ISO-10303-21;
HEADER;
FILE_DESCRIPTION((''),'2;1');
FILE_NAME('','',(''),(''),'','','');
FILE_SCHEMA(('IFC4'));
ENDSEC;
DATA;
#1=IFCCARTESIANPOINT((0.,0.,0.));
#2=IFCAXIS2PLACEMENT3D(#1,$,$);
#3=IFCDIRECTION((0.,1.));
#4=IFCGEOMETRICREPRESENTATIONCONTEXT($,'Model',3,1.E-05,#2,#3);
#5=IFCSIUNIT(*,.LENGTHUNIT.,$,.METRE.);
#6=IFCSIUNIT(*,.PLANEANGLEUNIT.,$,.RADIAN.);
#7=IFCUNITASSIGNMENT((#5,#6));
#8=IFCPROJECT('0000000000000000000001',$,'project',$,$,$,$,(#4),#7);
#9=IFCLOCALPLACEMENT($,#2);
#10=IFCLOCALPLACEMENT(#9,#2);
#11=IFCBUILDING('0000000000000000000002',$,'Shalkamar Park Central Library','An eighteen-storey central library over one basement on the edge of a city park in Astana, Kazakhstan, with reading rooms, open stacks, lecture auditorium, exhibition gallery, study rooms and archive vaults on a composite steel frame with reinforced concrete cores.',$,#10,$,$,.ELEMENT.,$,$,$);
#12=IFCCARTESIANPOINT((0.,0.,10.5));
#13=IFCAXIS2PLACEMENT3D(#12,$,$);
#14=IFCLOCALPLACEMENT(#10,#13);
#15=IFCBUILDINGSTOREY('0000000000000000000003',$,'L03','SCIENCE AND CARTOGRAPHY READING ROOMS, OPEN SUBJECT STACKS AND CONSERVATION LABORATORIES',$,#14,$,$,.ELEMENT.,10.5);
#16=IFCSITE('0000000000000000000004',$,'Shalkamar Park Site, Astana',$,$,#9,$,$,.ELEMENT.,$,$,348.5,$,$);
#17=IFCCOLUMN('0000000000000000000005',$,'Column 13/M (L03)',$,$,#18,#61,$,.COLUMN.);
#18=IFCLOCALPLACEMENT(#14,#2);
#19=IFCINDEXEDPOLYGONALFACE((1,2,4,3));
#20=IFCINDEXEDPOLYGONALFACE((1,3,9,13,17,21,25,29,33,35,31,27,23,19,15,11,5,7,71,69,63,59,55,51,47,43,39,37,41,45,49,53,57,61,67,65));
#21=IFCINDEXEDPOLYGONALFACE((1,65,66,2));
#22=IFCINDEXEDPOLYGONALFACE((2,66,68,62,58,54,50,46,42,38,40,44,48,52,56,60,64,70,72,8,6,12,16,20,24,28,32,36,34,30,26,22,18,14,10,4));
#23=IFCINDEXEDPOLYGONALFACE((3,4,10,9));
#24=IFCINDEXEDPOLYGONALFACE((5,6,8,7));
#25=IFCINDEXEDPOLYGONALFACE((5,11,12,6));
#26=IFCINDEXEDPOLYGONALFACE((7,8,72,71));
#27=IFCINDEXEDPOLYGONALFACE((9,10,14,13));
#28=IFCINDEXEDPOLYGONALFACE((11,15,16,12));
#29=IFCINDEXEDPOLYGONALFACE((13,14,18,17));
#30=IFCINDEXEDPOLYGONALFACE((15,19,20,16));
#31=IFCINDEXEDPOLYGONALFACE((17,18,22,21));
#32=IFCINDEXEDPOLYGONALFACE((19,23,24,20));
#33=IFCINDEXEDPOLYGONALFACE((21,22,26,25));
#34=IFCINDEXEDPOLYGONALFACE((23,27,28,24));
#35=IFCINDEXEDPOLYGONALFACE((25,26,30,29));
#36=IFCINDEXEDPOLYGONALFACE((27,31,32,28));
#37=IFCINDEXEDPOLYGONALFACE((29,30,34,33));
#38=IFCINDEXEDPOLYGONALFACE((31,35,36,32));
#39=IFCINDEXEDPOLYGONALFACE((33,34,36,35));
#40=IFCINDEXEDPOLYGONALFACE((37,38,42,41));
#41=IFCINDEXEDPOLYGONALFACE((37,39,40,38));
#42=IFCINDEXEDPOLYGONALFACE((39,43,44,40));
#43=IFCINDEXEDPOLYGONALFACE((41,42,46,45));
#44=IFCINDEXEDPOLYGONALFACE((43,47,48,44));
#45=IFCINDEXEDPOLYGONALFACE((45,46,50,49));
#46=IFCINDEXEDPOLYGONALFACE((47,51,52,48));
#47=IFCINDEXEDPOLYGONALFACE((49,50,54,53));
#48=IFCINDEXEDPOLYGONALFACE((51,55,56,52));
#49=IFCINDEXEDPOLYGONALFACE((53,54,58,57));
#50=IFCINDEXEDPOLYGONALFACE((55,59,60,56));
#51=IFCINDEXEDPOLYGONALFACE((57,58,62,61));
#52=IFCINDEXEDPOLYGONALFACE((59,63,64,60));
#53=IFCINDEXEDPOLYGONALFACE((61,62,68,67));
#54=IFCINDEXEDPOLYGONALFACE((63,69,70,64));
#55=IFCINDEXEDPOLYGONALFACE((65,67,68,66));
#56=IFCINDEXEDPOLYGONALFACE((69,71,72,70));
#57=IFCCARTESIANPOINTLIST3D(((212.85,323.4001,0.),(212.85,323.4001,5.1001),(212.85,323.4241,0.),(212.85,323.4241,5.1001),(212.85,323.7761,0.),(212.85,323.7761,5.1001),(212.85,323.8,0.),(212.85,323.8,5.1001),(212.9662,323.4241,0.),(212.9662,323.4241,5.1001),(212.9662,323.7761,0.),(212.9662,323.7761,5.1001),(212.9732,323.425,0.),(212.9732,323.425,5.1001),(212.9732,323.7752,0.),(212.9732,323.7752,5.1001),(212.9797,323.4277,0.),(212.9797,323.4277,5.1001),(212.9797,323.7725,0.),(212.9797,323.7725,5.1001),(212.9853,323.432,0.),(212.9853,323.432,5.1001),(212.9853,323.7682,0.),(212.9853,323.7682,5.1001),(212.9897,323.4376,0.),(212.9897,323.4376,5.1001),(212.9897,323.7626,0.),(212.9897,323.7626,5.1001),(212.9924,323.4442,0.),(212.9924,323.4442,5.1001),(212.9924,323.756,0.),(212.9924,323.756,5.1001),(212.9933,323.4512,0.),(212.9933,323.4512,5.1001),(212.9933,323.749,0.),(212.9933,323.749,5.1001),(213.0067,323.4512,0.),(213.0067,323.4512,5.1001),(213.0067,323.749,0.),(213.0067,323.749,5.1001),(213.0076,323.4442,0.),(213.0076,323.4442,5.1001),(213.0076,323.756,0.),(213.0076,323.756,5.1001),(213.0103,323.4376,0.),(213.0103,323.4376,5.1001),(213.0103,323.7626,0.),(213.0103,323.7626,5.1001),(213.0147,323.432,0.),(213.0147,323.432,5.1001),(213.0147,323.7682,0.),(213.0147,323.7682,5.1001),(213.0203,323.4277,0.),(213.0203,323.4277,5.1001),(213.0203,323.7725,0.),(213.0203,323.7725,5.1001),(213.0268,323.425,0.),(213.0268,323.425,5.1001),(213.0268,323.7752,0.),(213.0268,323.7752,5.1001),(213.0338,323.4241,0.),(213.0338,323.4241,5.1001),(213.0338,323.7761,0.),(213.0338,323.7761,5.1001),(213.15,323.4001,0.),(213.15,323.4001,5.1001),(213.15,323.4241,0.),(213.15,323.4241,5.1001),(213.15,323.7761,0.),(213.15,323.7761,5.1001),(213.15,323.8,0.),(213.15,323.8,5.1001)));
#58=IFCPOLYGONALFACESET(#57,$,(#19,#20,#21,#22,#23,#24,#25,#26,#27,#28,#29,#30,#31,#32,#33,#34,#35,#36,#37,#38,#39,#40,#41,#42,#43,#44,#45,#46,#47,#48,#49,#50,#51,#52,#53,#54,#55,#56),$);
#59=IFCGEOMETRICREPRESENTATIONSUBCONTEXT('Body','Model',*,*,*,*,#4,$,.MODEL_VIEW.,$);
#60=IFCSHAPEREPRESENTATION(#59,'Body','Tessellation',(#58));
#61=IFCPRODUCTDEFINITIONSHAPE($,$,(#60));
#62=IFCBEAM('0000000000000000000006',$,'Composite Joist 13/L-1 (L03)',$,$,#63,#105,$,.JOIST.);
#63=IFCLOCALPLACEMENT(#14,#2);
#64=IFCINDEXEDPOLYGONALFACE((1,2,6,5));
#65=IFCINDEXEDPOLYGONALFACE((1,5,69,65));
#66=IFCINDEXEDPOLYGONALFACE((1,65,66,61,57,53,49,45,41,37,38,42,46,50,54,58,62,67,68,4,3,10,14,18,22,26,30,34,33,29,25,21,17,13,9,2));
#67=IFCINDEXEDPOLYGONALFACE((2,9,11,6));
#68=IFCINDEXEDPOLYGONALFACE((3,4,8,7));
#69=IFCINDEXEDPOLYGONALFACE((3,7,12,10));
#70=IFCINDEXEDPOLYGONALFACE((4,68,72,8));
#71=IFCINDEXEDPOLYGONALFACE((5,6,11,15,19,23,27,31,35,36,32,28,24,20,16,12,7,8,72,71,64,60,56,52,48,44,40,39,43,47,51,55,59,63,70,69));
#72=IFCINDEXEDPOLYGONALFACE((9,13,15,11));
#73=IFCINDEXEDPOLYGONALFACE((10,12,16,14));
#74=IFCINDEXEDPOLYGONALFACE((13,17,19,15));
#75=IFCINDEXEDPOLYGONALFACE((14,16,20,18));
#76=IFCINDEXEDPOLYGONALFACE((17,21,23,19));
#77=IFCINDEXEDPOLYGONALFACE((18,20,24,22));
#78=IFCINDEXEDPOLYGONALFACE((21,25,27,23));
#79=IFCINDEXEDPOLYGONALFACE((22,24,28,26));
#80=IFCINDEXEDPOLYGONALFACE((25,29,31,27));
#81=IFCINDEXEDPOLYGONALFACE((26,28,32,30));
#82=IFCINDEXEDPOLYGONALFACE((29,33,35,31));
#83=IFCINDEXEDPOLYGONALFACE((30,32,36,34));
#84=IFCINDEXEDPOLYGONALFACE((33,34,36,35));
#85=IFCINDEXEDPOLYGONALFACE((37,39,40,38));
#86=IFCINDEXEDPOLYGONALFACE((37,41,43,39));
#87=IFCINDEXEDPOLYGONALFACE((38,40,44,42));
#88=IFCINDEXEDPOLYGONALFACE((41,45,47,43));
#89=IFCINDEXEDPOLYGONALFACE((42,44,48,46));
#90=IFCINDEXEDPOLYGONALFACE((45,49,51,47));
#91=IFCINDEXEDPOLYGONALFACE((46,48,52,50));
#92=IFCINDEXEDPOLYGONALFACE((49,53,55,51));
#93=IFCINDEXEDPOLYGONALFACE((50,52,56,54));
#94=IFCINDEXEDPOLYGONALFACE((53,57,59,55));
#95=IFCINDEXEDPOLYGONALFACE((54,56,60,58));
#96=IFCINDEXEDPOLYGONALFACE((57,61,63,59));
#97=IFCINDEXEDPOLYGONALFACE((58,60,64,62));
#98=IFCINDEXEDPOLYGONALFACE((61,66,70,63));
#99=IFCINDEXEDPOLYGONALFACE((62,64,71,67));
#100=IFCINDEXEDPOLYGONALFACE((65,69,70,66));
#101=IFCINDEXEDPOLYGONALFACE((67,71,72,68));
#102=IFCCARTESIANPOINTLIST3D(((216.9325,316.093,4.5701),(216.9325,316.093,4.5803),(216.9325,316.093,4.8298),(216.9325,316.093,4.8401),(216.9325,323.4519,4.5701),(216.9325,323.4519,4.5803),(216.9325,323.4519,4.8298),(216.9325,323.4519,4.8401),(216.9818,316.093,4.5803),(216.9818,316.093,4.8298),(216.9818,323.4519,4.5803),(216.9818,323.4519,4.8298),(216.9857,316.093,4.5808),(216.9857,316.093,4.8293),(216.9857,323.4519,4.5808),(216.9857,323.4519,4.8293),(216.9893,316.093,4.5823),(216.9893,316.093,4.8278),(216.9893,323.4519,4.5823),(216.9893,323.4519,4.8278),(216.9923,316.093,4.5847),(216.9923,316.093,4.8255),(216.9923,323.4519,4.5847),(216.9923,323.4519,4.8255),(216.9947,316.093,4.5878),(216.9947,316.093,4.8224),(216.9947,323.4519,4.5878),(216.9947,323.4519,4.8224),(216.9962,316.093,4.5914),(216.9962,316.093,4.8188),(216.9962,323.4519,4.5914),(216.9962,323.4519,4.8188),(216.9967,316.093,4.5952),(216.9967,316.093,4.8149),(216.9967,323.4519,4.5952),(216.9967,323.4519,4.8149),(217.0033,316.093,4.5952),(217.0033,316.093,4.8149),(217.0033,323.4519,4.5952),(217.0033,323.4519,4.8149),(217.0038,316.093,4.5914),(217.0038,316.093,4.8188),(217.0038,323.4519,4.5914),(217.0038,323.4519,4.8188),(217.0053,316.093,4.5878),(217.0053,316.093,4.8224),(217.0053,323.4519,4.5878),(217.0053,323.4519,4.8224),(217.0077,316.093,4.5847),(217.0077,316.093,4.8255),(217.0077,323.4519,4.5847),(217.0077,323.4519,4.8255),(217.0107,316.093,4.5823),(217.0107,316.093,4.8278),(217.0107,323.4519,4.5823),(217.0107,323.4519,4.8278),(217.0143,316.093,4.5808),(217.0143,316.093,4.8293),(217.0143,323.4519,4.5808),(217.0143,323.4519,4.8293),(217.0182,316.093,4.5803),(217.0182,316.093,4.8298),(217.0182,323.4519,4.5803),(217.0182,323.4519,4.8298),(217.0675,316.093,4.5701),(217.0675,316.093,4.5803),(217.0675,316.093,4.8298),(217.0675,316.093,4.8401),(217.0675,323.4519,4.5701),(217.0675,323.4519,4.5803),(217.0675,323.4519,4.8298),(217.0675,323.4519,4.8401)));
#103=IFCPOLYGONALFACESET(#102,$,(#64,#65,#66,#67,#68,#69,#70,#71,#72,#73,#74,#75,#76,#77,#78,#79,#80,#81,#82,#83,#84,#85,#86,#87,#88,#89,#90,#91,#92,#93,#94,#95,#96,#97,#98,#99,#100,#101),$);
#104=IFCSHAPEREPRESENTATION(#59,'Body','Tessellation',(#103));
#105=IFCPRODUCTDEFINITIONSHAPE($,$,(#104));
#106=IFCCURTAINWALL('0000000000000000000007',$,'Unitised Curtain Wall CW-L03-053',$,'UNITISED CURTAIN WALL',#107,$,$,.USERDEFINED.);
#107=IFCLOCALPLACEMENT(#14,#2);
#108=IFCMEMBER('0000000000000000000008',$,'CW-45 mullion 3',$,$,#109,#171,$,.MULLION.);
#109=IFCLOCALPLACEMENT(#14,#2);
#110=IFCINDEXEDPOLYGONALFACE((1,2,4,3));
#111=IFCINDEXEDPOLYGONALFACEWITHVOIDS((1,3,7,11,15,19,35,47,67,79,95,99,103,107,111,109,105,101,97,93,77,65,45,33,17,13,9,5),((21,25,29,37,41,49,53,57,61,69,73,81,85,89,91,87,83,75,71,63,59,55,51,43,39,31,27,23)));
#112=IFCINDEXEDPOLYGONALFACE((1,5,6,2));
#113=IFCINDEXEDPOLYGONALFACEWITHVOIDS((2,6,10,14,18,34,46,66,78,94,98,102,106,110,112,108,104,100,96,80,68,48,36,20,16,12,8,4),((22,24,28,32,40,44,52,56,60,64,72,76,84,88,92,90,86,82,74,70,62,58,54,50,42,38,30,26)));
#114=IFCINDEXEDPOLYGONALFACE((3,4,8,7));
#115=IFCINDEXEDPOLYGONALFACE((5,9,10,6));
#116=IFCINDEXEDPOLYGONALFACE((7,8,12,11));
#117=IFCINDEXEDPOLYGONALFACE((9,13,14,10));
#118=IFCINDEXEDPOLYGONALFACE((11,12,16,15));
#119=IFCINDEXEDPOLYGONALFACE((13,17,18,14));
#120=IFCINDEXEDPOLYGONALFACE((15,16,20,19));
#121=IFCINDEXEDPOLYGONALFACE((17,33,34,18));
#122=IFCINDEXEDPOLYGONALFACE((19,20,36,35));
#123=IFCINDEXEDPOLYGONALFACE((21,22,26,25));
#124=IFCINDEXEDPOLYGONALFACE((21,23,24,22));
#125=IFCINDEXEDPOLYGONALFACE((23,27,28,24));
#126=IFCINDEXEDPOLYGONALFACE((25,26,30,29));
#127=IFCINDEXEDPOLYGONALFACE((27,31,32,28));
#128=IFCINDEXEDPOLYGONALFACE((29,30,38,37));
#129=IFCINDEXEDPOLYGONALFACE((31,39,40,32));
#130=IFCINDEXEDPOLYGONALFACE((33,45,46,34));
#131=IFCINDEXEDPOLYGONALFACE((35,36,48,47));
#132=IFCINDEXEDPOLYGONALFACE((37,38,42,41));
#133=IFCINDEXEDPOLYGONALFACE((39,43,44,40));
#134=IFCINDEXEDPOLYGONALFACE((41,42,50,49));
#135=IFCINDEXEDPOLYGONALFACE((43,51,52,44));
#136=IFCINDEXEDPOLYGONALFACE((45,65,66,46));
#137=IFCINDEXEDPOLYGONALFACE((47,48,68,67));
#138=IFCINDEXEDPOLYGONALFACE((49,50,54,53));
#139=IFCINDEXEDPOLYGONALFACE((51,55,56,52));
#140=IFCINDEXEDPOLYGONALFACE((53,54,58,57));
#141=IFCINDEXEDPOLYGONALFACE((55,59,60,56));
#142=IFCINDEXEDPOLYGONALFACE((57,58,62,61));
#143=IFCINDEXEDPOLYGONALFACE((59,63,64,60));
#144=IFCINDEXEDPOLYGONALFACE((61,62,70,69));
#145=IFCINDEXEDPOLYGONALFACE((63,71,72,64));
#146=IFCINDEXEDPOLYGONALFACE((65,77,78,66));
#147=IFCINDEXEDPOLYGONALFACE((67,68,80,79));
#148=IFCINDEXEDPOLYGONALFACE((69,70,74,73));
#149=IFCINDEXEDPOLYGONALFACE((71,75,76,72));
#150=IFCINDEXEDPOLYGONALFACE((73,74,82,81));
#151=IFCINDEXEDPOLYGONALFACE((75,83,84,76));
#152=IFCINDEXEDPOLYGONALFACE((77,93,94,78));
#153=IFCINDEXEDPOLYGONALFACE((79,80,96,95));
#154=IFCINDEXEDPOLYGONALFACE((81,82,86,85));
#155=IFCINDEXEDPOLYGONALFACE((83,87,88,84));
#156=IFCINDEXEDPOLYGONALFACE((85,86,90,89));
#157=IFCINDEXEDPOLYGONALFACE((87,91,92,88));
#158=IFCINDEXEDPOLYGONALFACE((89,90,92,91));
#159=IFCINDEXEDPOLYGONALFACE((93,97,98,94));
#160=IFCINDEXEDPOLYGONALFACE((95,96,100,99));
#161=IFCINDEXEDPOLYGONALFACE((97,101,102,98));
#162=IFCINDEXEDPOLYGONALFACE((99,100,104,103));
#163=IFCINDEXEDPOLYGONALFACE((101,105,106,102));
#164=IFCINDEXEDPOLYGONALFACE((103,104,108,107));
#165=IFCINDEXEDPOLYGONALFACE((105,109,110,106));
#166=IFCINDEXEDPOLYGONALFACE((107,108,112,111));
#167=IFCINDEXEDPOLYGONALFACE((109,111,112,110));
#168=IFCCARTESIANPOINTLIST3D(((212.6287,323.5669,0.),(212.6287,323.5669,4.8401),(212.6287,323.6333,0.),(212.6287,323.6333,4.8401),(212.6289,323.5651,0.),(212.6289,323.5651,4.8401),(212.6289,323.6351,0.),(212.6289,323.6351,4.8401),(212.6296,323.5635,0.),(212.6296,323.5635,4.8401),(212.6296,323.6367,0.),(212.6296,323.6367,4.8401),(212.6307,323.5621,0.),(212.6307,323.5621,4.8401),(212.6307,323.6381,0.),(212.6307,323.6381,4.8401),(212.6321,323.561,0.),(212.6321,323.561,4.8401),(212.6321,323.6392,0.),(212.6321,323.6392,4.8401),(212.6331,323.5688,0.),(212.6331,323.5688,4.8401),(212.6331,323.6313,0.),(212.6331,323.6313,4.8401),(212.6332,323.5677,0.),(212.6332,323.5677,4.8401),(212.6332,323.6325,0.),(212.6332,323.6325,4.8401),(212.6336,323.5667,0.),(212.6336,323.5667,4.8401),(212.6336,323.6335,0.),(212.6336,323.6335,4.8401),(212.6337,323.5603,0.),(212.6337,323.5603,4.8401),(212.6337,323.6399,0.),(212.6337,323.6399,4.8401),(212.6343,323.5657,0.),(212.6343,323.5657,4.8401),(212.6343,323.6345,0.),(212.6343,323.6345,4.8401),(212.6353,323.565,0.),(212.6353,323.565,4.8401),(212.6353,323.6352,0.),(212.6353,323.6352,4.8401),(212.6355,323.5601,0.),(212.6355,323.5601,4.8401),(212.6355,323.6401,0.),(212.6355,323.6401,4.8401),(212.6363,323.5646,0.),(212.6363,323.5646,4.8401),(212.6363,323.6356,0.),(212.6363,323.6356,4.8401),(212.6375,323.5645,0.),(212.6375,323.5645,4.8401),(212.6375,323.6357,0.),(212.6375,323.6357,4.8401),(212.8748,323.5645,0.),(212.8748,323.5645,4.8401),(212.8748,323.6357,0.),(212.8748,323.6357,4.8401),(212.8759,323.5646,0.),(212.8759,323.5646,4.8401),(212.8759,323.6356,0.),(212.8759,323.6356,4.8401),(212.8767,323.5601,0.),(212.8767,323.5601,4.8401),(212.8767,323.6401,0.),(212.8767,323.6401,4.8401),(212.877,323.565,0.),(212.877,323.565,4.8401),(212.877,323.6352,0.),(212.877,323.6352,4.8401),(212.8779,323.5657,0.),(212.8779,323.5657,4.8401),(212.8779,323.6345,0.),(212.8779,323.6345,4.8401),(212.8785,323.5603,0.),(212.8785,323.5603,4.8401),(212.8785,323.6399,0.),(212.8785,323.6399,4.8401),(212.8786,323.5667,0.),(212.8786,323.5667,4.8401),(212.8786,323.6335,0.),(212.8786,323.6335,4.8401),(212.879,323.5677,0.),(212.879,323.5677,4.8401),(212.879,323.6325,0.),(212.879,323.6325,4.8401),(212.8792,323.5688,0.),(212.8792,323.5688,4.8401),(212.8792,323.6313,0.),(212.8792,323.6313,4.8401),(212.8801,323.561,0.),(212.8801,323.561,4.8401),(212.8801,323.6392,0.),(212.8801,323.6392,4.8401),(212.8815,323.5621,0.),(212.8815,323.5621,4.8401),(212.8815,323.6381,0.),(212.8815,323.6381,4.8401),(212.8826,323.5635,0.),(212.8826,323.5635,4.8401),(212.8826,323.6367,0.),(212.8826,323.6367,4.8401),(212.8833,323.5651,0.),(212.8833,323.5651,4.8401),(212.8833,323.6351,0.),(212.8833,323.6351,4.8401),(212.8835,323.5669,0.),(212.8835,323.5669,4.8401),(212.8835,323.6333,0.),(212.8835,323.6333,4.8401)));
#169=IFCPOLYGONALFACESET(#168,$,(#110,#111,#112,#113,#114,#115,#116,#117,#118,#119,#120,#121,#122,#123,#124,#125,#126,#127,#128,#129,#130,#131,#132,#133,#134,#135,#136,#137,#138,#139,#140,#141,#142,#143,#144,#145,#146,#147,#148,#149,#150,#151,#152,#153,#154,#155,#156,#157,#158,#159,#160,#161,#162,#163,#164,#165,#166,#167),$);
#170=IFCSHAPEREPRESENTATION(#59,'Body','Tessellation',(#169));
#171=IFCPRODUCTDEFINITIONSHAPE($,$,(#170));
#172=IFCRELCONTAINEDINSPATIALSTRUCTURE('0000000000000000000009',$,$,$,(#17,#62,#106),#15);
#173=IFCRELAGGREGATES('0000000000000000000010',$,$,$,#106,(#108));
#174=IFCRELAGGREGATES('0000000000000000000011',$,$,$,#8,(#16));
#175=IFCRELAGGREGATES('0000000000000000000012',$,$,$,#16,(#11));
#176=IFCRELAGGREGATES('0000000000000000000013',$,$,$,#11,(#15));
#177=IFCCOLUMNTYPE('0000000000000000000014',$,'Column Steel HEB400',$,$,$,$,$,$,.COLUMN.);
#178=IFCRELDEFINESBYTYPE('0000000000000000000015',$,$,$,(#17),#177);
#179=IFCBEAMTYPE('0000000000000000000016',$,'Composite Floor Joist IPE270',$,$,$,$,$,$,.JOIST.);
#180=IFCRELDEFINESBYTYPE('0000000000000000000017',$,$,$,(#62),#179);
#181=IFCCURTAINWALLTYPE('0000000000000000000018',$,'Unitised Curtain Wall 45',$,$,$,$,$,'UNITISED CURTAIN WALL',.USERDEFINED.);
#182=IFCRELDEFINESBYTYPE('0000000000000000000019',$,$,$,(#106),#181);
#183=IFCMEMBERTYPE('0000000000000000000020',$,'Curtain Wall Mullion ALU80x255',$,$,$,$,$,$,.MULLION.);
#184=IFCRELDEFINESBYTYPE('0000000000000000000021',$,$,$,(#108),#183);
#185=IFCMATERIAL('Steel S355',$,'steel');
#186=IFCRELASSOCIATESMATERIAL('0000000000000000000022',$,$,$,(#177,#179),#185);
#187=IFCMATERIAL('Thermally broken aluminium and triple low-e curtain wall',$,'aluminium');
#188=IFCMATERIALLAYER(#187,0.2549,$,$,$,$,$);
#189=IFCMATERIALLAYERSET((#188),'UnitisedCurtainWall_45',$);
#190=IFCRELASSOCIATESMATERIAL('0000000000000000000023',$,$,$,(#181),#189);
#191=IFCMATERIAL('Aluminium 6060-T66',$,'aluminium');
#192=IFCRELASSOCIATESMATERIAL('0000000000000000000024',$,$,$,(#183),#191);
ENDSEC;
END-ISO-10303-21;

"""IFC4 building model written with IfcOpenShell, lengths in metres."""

from ifc_helpers import new_model, si_unit, direction, frame, origin, origin_2d, place, context, subcontext, project, spatial, hollow_rectangle, i_section, extrude, material, layer, layer_set, material_profile, profile_set, type_object, element, aggregate, save


model = new_model("IFC4")

# Units and contexts
model_context = context("Model", 3, precision=1e-05, world=origin(), true_north=direction((0.0, 1.0)))
body_context = subcontext(model_context, "Body", "Model", "MODEL_VIEW")
ifc_project = project(units=[si_unit("LENGTHUNIT", "METRE"), si_unit("PLANEANGLEUNIT", "RADIAN")], contexts=[model_context])

# Site, building, storey
site_placement = place(None, origin())
site = spatial("IfcSite", under=ifc_project, at=site_placement, Name="Shalkamar Park Site, Astana", CompositionType="ELEMENT", RefElevation=348.5)
building_placement = place(site_placement, origin())
building = spatial("IfcBuilding", under=site, at=building_placement, Name="Shalkamar Park Central Library", Description="An eighteen-storey central library over one basement on the edge of a city park in Astana, Kazakhstan, with reading rooms, open stacks, lecture auditorium, exhibition gallery, study rooms and archive vaults on a composite steel frame with reinforced concrete cores.", CompositionType="ELEMENT")
storey_placement = place(building_placement, frame((0.0, 0.0, 10.5)))
storey = spatial("IfcBuildingStorey", under=building, at=storey_placement, Name="L03", Description="SCIENCE AND CARTOGRAPHY READING ROOMS, OPEN SUBJECT STACKS AND CONSERVATION LABORATORIES", CompositionType="ELEMENT", Elevation=10.5)

# Column
ifc_material_1 = material(Name="Steel S355", Category="steel")
ifc_material_profile_1 = material_profile(ifc_material_1, i_section(OverallWidth=0.3, OverallDepth=0.3999, WebThickness=0.0134, FlangeThickness=0.0239, FilletRadius=0.0271, at=origin_2d()), Name="HEB 400")
ifc_profile_set_1 = profile_set([ifc_material_profile_1], Name="Steel S355")
column_type = type_object("IfcColumnType", Name="Column Steel HEB400", PredefinedType="COLUMN", material=ifc_profile_set_1)
column_placement = place(storey_placement, frame((213.0, 323.6001, 0.0), z_axis=(0.0, 0.0, 1.0), x_axis=(1.0, 0.0, 0.0)))
element("IfcColumn", 1, at=column_placement, inside=storey, type_object=column_type, Name="Column 13/M (L03)", PredefinedType="COLUMN", context=body_context, shape_type="SweptSolid", body=[
    extrude(i_section(OverallWidth=0.3, OverallDepth=0.3999, WebThickness=0.0134, FlangeThickness=0.0239, FilletRadius=0.0271, at=origin_2d()), origin(), (0.0, 0.0, 1.0), 5.1001),
])

# Beam
ifc_material_profile_2 = material_profile(ifc_material_1, i_section(OverallWidth=0.135, OverallDepth=0.27, WebThickness=0.0066, FlangeThickness=0.0103, FilletRadius=0.0149, at=origin_2d()), Name="IPE 270")
ifc_profile_set_2 = profile_set([ifc_material_profile_2], Name="Steel S355")
beam_type_1 = type_object("IfcBeamType", Name="Composite Floor Joist IPE270", PredefinedType="JOIST", material=ifc_profile_set_2)
beam_1_placement = place(storey_placement, frame((217.0, 316.093, 4.7051), z_axis=(0.0, 1.0, 0.0), x_axis=(-1.0, 0.0, 0.0)))
element("IfcBeam", 2, at=beam_1_placement, inside=storey, type_object=beam_type_1, Name="Composite Joist 13/L-1 (L03)", PredefinedType="JOIST", context=body_context, shape_type="SweptSolid", body=[
    extrude(i_section(OverallWidth=0.135, OverallDepth=0.27, WebThickness=0.0066, FlangeThickness=0.0103, FilletRadius=0.0149, at=origin_2d()), origin(), (0.0, 0.0, 1.0), 7.3589),
])

# Curtain wall, member
ifc_material_2 = material(Name="Thermally broken aluminium and triple low-e curtain wall", Category="aluminium")
ifc_layer_1 = layer(ifc_material_2, 0.2549)
ifc_layer_set_1 = layer_set([ifc_layer_1], Name="UnitisedCurtainWall_45")
curtain_wall_type_1 = type_object("IfcCurtainWallType", Name="Unitised Curtain Wall 45", ElementType="UNITISED CURTAIN WALL", PredefinedType="USERDEFINED", material=ifc_layer_set_1)
curtain_wall_1_placement = place(storey_placement, origin())
curtain_wall_1 = element("IfcCurtainWall", 3, at=curtain_wall_1_placement, inside=storey, type_object=curtain_wall_type_1, Name="Unitised Curtain Wall CW-L03-053", ObjectType="UNITISED CURTAIN WALL", PredefinedType="USERDEFINED")
ifc_material_3 = material(Name="Aluminium 6060-T66", Category="aluminium")
ifc_material_profile_3 = material_profile(ifc_material_3, hollow_rectangle(XDim=0.0801, YDim=0.2549, WallThickness=0.0044, InnerFilletRadius=0.0044, OuterFilletRadius=0.0068, at=origin_2d()), Name="ALU 80x255x4.5")
ifc_profile_set_3 = profile_set([ifc_material_profile_3], Name="Aluminium 6060-T66")
member_type_1 = type_object("IfcMemberType", Name="Curtain Wall Mullion ALU80x255", PredefinedType="MULLION", material=ifc_profile_set_3)
member_1_placement = place(storey_placement, frame((212.7561, 323.6001, 0.0), z_axis=(0.0, 0.0, 1.0), x_axis=(0.0, 1.0, 0.0)))
member_1 = element("IfcMember", 4, at=member_1_placement, type_object=member_type_1, Name="CW-45 mullion 3", PredefinedType="MULLION", context=body_context, shape_type="SweptSolid", body=[
    extrude(hollow_rectangle(XDim=0.0801, YDim=0.2549, WallThickness=0.0044, InnerFilletRadius=0.0044, OuterFilletRadius=0.0068, at=origin_2d()), origin(), (0.0, 0.0, 1.0), 4.8401),
])
aggregate(curtain_wall_1, [member_1])

save(model, "model.ifc")
